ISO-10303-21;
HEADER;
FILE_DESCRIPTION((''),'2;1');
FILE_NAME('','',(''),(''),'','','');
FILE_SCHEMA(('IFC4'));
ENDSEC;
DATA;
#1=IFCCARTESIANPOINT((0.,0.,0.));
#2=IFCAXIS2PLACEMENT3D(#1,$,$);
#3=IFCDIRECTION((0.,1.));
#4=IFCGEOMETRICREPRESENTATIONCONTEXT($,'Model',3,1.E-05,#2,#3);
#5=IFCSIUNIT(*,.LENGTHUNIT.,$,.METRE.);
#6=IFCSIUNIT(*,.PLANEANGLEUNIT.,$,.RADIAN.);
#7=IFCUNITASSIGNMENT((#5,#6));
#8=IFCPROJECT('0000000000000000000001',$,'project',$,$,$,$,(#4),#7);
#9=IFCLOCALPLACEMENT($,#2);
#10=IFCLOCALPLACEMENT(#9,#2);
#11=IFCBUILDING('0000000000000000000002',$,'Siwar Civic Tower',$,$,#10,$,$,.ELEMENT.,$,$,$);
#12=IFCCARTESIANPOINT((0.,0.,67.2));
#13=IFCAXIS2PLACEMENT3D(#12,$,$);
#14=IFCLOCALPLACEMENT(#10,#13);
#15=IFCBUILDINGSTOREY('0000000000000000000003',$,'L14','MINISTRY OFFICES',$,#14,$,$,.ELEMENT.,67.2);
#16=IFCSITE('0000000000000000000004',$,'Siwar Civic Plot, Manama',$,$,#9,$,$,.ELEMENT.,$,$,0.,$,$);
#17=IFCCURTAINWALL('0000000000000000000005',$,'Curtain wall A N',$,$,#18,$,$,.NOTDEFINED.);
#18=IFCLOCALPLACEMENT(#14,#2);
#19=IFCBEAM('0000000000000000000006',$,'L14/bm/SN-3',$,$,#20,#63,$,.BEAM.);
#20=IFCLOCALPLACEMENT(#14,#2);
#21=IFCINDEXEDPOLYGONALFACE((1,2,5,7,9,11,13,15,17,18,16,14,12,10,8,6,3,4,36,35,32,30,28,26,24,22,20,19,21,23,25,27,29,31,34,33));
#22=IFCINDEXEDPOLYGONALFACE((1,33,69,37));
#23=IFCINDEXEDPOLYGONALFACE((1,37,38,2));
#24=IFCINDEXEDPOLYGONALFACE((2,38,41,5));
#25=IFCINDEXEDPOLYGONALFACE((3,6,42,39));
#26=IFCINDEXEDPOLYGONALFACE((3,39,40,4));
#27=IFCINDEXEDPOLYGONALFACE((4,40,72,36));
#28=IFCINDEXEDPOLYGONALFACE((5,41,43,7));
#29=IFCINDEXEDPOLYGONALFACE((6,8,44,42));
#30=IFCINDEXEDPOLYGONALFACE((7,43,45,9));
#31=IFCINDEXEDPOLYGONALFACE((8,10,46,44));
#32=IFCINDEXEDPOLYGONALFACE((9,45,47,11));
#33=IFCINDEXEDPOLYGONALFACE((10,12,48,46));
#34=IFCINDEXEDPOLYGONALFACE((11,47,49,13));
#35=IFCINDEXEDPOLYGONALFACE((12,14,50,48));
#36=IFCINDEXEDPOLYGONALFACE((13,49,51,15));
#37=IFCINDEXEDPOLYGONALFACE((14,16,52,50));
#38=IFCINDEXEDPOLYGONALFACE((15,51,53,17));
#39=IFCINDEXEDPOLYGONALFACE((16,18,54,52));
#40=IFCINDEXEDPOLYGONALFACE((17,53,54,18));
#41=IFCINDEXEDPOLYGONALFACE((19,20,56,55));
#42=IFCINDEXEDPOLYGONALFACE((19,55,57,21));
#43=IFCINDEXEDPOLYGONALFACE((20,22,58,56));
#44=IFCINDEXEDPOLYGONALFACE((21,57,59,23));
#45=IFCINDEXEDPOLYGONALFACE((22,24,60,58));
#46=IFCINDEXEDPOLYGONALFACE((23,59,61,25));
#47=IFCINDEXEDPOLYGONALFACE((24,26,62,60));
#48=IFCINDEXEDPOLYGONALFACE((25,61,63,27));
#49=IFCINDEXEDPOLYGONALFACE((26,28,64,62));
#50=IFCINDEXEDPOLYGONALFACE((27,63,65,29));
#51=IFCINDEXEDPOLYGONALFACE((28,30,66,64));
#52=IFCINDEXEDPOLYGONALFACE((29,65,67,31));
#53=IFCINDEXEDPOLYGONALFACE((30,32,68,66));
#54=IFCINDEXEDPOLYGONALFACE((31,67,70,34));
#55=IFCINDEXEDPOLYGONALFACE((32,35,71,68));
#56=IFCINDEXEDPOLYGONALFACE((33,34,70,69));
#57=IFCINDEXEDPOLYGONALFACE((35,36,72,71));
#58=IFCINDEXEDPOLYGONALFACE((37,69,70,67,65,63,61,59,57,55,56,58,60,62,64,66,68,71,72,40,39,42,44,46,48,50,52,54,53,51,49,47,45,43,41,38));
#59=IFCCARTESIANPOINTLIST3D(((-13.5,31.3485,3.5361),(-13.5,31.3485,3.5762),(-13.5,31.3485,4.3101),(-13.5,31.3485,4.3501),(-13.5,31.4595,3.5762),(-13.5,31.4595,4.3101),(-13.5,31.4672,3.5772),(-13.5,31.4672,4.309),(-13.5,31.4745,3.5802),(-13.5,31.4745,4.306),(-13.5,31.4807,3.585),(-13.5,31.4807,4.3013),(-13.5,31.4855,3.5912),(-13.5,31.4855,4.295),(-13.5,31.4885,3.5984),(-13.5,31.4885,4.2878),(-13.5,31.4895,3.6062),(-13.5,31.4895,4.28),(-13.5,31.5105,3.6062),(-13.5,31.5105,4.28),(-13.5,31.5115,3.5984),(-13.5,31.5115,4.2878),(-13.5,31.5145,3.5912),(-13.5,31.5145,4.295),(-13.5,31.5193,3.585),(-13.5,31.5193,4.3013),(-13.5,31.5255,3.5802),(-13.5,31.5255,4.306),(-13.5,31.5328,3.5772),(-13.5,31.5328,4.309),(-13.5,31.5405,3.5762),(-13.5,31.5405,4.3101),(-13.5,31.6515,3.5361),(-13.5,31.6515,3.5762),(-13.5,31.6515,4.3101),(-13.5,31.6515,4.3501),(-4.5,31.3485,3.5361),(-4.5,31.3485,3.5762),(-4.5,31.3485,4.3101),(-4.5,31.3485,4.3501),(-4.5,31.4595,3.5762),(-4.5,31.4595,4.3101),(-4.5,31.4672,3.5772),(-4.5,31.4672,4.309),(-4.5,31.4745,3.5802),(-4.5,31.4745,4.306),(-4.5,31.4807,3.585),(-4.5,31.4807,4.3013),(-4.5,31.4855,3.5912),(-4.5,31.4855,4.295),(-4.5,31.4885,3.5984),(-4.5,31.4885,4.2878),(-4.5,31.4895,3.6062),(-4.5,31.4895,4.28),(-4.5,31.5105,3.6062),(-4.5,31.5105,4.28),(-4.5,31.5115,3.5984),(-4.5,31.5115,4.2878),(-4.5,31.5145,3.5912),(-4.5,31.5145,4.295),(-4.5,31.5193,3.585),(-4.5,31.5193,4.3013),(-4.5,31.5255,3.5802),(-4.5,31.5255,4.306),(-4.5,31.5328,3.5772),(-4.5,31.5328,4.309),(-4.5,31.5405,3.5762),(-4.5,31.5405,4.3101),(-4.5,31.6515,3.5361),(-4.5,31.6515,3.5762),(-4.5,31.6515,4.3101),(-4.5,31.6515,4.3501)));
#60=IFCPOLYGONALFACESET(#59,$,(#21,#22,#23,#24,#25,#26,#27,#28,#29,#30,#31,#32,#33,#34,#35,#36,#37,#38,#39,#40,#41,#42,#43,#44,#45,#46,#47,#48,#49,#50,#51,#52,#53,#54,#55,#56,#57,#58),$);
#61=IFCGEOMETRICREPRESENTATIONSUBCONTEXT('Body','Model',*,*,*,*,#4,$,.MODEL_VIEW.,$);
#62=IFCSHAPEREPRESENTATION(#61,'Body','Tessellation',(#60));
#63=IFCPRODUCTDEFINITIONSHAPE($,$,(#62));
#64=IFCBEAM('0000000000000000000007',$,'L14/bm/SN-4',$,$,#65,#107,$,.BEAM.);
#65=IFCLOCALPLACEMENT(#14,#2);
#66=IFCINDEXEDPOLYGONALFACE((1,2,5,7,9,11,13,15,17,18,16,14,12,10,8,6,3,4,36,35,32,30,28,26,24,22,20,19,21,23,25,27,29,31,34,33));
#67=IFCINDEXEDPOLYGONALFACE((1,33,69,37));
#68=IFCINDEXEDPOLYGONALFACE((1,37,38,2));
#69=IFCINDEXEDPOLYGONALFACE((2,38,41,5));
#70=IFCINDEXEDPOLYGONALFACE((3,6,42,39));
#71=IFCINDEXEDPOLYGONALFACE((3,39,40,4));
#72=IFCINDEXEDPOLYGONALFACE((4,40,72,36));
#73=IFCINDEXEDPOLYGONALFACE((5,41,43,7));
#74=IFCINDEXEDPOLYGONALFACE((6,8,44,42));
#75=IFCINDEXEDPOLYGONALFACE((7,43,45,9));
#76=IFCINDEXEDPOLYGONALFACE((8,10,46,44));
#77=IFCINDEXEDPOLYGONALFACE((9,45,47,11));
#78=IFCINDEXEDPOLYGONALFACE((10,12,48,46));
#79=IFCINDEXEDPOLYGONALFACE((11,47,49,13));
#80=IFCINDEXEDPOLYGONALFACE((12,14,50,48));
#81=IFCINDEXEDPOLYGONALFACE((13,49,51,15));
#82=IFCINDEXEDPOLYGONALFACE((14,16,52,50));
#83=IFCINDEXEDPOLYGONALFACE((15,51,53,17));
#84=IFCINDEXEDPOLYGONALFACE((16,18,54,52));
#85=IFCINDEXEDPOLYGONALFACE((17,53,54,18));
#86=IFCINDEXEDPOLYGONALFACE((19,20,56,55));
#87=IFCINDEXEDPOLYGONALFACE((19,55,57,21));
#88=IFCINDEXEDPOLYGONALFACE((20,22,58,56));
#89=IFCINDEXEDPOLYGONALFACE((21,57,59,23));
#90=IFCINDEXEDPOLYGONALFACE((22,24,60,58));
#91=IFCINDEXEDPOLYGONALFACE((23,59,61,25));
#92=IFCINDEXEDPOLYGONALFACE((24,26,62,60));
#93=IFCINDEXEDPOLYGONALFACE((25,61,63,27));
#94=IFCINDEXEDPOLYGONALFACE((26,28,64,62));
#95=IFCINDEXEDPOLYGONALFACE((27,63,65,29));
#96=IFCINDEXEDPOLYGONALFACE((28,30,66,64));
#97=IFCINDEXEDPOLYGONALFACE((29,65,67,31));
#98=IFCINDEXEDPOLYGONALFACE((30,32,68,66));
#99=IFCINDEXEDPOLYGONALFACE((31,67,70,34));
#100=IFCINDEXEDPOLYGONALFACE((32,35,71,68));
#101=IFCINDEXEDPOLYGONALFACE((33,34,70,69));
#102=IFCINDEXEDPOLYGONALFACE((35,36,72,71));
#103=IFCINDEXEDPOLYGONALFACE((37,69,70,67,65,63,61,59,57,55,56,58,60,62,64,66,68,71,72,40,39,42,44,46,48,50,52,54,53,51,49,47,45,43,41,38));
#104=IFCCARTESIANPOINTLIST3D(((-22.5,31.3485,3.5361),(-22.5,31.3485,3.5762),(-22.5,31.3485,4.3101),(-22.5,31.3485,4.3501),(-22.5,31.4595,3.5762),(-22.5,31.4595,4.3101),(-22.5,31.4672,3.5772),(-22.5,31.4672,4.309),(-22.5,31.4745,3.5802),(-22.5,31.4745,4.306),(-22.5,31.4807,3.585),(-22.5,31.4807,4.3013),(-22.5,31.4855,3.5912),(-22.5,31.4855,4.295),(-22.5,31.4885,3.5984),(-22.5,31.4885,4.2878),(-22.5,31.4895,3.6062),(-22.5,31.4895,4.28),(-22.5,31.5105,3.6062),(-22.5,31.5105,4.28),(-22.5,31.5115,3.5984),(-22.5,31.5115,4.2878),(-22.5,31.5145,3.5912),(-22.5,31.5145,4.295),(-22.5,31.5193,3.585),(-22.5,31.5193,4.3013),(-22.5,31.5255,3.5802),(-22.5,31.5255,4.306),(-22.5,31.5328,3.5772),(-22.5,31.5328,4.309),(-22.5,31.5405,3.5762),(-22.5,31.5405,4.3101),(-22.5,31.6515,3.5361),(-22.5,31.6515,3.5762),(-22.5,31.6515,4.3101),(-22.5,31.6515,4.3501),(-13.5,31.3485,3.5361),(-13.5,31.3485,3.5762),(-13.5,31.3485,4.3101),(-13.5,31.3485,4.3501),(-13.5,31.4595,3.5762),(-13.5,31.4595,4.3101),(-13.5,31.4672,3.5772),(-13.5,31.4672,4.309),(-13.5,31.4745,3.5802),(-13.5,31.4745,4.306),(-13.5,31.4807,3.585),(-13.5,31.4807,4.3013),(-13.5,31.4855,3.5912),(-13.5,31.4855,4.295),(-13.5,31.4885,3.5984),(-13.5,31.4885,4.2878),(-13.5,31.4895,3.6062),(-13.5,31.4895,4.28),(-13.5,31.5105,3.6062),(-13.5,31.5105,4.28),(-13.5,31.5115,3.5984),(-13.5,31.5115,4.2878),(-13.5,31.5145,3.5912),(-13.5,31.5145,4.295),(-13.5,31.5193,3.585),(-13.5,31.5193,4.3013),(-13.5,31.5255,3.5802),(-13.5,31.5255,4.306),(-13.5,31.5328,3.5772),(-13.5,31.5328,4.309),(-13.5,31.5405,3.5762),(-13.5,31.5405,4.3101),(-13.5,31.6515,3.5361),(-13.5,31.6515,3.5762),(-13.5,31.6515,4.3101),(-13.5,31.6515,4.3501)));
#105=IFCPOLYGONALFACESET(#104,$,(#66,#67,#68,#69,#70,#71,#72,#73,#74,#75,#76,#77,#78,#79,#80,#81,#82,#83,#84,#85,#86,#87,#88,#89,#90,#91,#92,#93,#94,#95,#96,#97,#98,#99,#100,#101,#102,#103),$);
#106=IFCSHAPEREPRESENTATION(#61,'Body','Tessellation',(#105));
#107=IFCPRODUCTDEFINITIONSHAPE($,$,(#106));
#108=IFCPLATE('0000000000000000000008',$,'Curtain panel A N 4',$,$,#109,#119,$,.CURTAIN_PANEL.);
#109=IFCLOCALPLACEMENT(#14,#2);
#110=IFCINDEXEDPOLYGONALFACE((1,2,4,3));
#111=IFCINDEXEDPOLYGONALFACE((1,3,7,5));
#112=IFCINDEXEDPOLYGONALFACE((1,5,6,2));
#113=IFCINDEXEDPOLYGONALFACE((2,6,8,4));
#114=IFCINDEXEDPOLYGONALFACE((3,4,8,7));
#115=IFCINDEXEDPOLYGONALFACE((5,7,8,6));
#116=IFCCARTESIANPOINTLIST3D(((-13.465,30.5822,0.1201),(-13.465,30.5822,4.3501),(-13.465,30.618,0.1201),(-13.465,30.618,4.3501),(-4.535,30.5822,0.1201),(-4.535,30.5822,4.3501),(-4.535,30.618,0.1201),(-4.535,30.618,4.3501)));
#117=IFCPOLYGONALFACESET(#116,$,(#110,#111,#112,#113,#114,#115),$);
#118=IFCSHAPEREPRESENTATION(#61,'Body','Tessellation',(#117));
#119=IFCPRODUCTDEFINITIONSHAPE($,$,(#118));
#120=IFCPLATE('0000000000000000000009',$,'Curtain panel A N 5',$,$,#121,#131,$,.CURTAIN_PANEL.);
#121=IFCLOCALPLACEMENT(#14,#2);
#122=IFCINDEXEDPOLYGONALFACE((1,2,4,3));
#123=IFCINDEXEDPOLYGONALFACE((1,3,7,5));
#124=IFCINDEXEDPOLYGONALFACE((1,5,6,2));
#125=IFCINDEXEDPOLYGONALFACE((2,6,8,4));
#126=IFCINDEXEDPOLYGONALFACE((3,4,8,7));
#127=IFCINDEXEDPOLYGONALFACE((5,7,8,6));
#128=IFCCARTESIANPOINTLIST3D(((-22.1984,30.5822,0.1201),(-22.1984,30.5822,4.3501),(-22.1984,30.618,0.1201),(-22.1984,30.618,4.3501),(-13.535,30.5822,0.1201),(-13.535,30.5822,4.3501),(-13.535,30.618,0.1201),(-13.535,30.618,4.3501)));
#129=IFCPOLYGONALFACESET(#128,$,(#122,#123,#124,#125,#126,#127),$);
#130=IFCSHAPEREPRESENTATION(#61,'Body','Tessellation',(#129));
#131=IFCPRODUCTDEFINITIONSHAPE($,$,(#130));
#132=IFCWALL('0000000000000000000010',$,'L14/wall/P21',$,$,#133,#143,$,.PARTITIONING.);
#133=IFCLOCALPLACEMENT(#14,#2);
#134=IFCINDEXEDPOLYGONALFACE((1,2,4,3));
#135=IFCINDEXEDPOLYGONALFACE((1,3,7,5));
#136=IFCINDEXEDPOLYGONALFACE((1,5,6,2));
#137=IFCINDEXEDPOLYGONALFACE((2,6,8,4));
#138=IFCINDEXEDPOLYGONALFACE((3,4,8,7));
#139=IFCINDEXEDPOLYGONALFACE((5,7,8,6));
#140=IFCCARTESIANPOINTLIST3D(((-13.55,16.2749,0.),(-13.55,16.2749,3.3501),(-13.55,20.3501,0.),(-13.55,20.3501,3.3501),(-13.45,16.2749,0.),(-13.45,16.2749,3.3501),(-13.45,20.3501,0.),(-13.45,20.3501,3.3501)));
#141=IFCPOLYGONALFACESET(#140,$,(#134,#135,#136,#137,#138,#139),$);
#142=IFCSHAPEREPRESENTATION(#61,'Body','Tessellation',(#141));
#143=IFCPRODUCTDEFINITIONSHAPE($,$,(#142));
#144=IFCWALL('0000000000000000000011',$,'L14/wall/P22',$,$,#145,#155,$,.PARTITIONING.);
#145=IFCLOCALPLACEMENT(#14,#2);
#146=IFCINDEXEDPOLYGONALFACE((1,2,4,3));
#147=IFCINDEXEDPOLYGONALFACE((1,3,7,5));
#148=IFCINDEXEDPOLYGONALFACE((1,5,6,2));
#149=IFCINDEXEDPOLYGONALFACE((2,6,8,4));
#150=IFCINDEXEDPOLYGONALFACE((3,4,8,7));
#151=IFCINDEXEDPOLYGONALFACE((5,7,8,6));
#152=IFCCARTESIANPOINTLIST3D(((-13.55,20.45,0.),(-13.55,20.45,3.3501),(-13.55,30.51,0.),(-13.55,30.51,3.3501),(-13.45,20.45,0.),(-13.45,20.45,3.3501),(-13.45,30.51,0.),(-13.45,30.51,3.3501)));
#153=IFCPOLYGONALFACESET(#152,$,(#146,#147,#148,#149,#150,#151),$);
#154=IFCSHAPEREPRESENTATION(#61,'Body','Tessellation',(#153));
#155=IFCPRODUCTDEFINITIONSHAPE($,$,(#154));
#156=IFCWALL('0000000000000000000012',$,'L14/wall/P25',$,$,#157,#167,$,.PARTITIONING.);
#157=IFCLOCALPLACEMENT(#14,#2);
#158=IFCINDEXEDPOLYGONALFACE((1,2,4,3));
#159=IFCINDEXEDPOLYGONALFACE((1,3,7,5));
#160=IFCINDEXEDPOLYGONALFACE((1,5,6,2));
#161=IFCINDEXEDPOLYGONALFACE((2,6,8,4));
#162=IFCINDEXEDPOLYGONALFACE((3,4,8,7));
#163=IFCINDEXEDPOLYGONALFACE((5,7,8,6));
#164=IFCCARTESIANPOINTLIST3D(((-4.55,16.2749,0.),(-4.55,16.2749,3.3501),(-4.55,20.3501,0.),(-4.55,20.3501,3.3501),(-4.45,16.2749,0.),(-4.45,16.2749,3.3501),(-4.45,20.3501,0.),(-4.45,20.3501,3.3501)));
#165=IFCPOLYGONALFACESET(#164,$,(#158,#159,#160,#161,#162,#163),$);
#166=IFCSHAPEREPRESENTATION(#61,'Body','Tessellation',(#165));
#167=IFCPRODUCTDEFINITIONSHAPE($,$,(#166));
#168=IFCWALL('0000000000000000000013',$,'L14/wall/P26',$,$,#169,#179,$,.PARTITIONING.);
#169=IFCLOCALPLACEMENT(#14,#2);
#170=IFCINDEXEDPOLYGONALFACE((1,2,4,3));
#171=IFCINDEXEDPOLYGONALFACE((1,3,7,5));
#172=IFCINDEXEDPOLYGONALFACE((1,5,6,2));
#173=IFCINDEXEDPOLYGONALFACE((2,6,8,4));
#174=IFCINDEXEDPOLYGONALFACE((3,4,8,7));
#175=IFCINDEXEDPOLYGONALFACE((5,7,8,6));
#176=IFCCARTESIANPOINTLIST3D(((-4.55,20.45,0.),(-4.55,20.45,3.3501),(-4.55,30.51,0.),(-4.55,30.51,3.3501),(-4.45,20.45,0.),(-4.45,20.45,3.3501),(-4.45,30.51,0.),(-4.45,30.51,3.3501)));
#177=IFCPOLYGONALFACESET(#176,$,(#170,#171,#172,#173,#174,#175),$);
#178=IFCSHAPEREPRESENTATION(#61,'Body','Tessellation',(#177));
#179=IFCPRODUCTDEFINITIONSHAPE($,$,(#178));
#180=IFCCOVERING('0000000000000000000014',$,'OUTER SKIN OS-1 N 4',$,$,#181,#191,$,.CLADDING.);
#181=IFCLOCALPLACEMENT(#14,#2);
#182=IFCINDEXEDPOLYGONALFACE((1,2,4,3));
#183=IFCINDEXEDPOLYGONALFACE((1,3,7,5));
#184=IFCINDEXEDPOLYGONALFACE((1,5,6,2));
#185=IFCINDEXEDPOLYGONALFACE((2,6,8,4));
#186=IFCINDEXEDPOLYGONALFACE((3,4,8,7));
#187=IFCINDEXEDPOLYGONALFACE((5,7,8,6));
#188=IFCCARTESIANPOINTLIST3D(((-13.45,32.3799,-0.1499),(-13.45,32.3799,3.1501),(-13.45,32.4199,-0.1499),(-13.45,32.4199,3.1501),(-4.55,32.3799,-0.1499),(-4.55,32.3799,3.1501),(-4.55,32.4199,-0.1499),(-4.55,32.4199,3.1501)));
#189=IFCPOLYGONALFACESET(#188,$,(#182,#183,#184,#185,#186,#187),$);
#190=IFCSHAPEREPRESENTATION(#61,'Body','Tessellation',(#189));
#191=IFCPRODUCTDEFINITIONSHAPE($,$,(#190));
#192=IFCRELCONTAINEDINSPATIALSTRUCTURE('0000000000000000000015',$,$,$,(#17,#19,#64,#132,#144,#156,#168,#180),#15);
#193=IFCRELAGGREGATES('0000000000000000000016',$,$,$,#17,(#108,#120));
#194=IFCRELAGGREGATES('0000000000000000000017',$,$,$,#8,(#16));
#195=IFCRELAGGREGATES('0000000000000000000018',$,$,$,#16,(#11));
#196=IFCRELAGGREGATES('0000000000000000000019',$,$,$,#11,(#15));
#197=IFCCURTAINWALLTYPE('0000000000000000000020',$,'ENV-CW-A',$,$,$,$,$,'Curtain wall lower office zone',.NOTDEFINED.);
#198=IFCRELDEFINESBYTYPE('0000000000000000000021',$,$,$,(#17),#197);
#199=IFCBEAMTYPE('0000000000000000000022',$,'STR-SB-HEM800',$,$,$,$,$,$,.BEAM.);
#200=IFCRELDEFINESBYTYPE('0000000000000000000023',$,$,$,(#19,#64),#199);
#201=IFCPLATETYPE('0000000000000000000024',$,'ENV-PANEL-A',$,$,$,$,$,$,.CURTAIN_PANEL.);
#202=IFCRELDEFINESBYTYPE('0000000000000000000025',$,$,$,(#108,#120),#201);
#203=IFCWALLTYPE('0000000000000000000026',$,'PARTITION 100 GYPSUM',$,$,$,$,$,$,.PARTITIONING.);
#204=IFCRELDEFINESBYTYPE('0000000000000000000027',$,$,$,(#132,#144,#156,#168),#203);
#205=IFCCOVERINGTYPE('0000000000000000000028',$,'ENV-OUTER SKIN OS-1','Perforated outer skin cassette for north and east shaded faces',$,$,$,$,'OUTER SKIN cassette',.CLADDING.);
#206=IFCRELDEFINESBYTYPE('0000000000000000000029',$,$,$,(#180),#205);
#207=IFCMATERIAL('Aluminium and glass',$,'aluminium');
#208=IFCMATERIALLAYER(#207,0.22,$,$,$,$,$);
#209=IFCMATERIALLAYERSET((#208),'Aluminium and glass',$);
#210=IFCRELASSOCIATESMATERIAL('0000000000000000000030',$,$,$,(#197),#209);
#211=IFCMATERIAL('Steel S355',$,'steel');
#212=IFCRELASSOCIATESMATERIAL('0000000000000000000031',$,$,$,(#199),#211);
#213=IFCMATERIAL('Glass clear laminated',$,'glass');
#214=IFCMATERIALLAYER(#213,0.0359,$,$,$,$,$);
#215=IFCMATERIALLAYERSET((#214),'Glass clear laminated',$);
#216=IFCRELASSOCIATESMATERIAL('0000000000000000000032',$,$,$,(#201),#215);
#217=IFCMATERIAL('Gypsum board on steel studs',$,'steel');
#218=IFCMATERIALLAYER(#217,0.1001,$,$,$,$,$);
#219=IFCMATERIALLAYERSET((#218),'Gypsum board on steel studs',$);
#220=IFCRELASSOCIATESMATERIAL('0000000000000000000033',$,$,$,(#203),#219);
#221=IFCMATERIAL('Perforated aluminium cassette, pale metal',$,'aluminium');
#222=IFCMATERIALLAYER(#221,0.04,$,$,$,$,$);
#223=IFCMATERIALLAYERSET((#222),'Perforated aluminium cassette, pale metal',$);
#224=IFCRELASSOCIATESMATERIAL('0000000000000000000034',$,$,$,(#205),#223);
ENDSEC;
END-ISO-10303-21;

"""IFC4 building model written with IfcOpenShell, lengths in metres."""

from ifc_helpers import new_model, si_unit, direction, frame, frame_2d, origin, origin_2d, place, context, subcontext, project, spatial, rectangle, i_section, extrude, material, layer, layer_set, material_profile, profile_set, type_object, element, aggregate, save


model = new_model("IFC4")

# Units and contexts
model_context = context("Model", 3, precision=1e-05, world=origin(), true_north=direction((0.0, 1.0)))
body_context = subcontext(model_context, "Body", "Model", "MODEL_VIEW")
ifc_project = project(units=[si_unit("LENGTHUNIT", "METRE"), si_unit("PLANEANGLEUNIT", "RADIAN")], contexts=[model_context])

# Site, building, storey
site_placement = place(None, origin())
site = spatial("IfcSite", under=ifc_project, at=site_placement, Name="Siwar Civic Plot, Manama", CompositionType="ELEMENT", RefElevation=0.0)
building_placement = place(site_placement, origin())
building = spatial("IfcBuilding", under=site, at=building_placement, Name="Siwar Civic Tower", CompositionType="ELEMENT")
storey_placement = place(building_placement, frame((0.0, 0.0, 67.2)))
storey = spatial("IfcBuildingStorey", under=building, at=storey_placement, Name="L14", Description="MINISTRY OFFICES", CompositionType="ELEMENT", Elevation=67.2)

# Curtain wall
ifc_material_1 = material(Name="Aluminium and glass", Category="aluminium")
ifc_layer_1 = layer(ifc_material_1, 0.22)
ifc_layer_set_1 = layer_set([ifc_layer_1], Name="Aluminium and glass")
curtain_wall_type_1 = type_object("IfcCurtainWallType", Name="ENV-CW-A", ElementType="Curtain wall lower office zone", PredefinedType="NOTDEFINED", material=ifc_layer_set_1)
curtain_wall_1_placement = place(storey_placement, origin())
curtain_wall_1 = element("IfcCurtainWall", 1, at=curtain_wall_1_placement, inside=storey, type_object=curtain_wall_type_1, Name="Curtain wall A N", PredefinedType="NOTDEFINED")

# Beams
ifc_material_2 = material(Name="Steel S355", Category="steel")
ifc_material_profile_1 = material_profile(ifc_material_2, i_section(OverallWidth=0.303, OverallDepth=0.814, WebThickness=0.021, FlangeThickness=0.04, FilletRadius=0.03, at=origin_2d()), Name="HEM800")
ifc_profile_set_1 = profile_set([ifc_material_profile_1], Name="Steel S355")
beam_type_1 = type_object("IfcBeamType", Name="STR-SB-HEM800", PredefinedType="BEAM", material=ifc_profile_set_1)
for number, where, z_axis, x_axis, name in (
    (2, (-4.5, 31.5, 3.9431), (-1.0, 0.0, 0.0), (0.0, -1.0, 0.0), "L14/bm/SN-3"),
    (3, (-13.5, 31.5, 3.9431), (-1.0, 0.0, 0.0), (0.0, -1.0, 0.0), "L14/bm/SN-4"),
):
    element("IfcBeam", number, at=place(storey_placement, frame(where, z_axis=z_axis, x_axis=x_axis)), inside=storey, type_object=beam_type_1, Name=name, PredefinedType="BEAM", context=body_context, shape_type="SweptSolid", body=[
        extrude(i_section(OverallWidth=0.303, OverallDepth=0.814, WebThickness=0.021, FlangeThickness=0.04, FilletRadius=0.03, at=origin_2d()), origin(), (0.0, 0.0, 1.0), 9.0),
    ])

# Plates
ifc_material_3 = material(Name="Glass clear laminated", Category="glass")
ifc_layer_2 = layer(ifc_material_3, 0.0359)
ifc_layer_set_2 = layer_set([ifc_layer_2], Name="Glass clear laminated")
plate_type = type_object("IfcPlateType", Name="ENV-PANEL-A", PredefinedType="CURTAIN_PANEL", material=ifc_layer_set_2)
plate_1_placement = place(storey_placement, frame((-9.0, 30.6001, 0.1201), z_axis=(0.0, 0.0, 1.0), x_axis=(-1.0, 0.0, 0.0)))
plate_1 = element("IfcPlate", 4, at=plate_1_placement, type_object=plate_type, Name="Curtain panel A N 4", PredefinedType="CURTAIN_PANEL", context=body_context, shape_type="SweptSolid", body=[
    extrude(rectangle(XDim=8.9299, YDim=0.0359, at=origin_2d()), origin(), (0.0, 0.0, 1.0), 4.23),
])
plate_2_placement = place(storey_placement, frame((-17.8667, 30.6001, 0.1201), z_axis=(0.0, 0.0, 1.0), x_axis=(-1.0, 0.0, 0.0)))
plate_2 = element("IfcPlate", 5, at=plate_2_placement, type_object=plate_type, Name="Curtain panel A N 5", PredefinedType="CURTAIN_PANEL", context=body_context, shape_type="SweptSolid", body=[
    extrude(rectangle(XDim=8.6633, YDim=0.0359, at=origin_2d()), origin(), (0.0, 0.0, 1.0), 4.23),
])
aggregate(curtain_wall_1, [plate_1, plate_2])

# Walls
ifc_material_4 = material(Name="Gypsum board on steel studs", Category="steel")
ifc_layer_3 = layer(ifc_material_4, 0.1001)
ifc_layer_set_3 = layer_set([ifc_layer_3], Name="Gypsum board on steel studs")
wall_type = type_object("IfcWallType", Name="PARTITION 100 GYPSUM", PredefinedType="PARTITIONING", material=ifc_layer_set_3)
wall_1_placement = place(storey_placement, frame((-13.5, 16.2749, 0.0), z_axis=(0.0, 0.0, 1.0), x_axis=(0.0, 1.0, 0.0)))
element("IfcWall", 6, at=wall_1_placement, inside=storey, type_object=wall_type, Name="L14/wall/P21", PredefinedType="PARTITIONING", context=body_context, shape_type="SweptSolid", body=[
    extrude(rectangle(XDim=4.0752, YDim=0.1001, at=frame_2d((2.0376, 0.0))), origin(), (0.0, 0.0, 1.0), 3.3501),
])
wall_2_placement = place(storey_placement, frame((-13.5, 20.45, 0.0), z_axis=(0.0, 0.0, 1.0), x_axis=(0.0, 1.0, 0.0)))
element("IfcWall", 7, at=wall_2_placement, inside=storey, type_object=wall_type, Name="L14/wall/P22", PredefinedType="PARTITIONING", context=body_context, shape_type="SweptSolid", body=[
    extrude(rectangle(XDim=10.0601, YDim=0.1001, at=frame_2d((5.03, 0.0))), origin(), (0.0, 0.0, 1.0), 3.3501),
])
wall_3_placement = place(storey_placement, frame((-4.5, 16.2749, 0.0), z_axis=(0.0, 0.0, 1.0), x_axis=(0.0, 1.0, 0.0)))
element("IfcWall", 8, at=wall_3_placement, inside=storey, type_object=wall_type, Name="L14/wall/P25", PredefinedType="PARTITIONING", context=body_context, shape_type="SweptSolid", body=[
    extrude(rectangle(XDim=4.0752, YDim=0.1001, at=frame_2d((2.0376, 0.0))), origin(), (0.0, 0.0, 1.0), 3.3501),
])
wall_4_placement = place(storey_placement, frame((-4.5, 20.45, 0.0), z_axis=(0.0, 0.0, 1.0), x_axis=(0.0, 1.0, 0.0)))
element("IfcWall", 9, at=wall_4_placement, inside=storey, type_object=wall_type, Name="L14/wall/P26", PredefinedType="PARTITIONING", context=body_context, shape_type="SweptSolid", body=[
    extrude(rectangle(XDim=10.0601, YDim=0.1001, at=frame_2d((5.03, 0.0))), origin(), (0.0, 0.0, 1.0), 3.3501),
])

# Covering
ifc_material_5 = material(Name="Perforated aluminium cassette, pale metal", Category="aluminium")
ifc_layer_4 = layer(ifc_material_5, 0.04)
ifc_layer_set_4 = layer_set([ifc_layer_4], Name="Perforated aluminium cassette, pale metal")
covering_type = type_object("IfcCoveringType", Name="ENV-OUTER SKIN OS-1", Description="Perforated outer skin cassette for north and east shaded faces", ElementType="OUTER SKIN cassette", PredefinedType="CLADDING", material=ifc_layer_set_4)
covering_1_placement = place(storey_placement, frame((-9.0, 32.3999, -0.1499), z_axis=(0.0, 0.0, 1.0), x_axis=(-1.0, 0.0, 0.0)))
element("IfcCovering", 10, at=covering_1_placement, inside=storey, type_object=covering_type, Name="OUTER SKIN OS-1 N 4", PredefinedType="CLADDING", context=body_context, shape_type="SweptSolid", body=[
    extrude(rectangle(XDim=8.8999, YDim=0.04, at=origin_2d()), origin(), (0.0, 0.0, 1.0), 3.3),
])

save(model, "model.ifc")
